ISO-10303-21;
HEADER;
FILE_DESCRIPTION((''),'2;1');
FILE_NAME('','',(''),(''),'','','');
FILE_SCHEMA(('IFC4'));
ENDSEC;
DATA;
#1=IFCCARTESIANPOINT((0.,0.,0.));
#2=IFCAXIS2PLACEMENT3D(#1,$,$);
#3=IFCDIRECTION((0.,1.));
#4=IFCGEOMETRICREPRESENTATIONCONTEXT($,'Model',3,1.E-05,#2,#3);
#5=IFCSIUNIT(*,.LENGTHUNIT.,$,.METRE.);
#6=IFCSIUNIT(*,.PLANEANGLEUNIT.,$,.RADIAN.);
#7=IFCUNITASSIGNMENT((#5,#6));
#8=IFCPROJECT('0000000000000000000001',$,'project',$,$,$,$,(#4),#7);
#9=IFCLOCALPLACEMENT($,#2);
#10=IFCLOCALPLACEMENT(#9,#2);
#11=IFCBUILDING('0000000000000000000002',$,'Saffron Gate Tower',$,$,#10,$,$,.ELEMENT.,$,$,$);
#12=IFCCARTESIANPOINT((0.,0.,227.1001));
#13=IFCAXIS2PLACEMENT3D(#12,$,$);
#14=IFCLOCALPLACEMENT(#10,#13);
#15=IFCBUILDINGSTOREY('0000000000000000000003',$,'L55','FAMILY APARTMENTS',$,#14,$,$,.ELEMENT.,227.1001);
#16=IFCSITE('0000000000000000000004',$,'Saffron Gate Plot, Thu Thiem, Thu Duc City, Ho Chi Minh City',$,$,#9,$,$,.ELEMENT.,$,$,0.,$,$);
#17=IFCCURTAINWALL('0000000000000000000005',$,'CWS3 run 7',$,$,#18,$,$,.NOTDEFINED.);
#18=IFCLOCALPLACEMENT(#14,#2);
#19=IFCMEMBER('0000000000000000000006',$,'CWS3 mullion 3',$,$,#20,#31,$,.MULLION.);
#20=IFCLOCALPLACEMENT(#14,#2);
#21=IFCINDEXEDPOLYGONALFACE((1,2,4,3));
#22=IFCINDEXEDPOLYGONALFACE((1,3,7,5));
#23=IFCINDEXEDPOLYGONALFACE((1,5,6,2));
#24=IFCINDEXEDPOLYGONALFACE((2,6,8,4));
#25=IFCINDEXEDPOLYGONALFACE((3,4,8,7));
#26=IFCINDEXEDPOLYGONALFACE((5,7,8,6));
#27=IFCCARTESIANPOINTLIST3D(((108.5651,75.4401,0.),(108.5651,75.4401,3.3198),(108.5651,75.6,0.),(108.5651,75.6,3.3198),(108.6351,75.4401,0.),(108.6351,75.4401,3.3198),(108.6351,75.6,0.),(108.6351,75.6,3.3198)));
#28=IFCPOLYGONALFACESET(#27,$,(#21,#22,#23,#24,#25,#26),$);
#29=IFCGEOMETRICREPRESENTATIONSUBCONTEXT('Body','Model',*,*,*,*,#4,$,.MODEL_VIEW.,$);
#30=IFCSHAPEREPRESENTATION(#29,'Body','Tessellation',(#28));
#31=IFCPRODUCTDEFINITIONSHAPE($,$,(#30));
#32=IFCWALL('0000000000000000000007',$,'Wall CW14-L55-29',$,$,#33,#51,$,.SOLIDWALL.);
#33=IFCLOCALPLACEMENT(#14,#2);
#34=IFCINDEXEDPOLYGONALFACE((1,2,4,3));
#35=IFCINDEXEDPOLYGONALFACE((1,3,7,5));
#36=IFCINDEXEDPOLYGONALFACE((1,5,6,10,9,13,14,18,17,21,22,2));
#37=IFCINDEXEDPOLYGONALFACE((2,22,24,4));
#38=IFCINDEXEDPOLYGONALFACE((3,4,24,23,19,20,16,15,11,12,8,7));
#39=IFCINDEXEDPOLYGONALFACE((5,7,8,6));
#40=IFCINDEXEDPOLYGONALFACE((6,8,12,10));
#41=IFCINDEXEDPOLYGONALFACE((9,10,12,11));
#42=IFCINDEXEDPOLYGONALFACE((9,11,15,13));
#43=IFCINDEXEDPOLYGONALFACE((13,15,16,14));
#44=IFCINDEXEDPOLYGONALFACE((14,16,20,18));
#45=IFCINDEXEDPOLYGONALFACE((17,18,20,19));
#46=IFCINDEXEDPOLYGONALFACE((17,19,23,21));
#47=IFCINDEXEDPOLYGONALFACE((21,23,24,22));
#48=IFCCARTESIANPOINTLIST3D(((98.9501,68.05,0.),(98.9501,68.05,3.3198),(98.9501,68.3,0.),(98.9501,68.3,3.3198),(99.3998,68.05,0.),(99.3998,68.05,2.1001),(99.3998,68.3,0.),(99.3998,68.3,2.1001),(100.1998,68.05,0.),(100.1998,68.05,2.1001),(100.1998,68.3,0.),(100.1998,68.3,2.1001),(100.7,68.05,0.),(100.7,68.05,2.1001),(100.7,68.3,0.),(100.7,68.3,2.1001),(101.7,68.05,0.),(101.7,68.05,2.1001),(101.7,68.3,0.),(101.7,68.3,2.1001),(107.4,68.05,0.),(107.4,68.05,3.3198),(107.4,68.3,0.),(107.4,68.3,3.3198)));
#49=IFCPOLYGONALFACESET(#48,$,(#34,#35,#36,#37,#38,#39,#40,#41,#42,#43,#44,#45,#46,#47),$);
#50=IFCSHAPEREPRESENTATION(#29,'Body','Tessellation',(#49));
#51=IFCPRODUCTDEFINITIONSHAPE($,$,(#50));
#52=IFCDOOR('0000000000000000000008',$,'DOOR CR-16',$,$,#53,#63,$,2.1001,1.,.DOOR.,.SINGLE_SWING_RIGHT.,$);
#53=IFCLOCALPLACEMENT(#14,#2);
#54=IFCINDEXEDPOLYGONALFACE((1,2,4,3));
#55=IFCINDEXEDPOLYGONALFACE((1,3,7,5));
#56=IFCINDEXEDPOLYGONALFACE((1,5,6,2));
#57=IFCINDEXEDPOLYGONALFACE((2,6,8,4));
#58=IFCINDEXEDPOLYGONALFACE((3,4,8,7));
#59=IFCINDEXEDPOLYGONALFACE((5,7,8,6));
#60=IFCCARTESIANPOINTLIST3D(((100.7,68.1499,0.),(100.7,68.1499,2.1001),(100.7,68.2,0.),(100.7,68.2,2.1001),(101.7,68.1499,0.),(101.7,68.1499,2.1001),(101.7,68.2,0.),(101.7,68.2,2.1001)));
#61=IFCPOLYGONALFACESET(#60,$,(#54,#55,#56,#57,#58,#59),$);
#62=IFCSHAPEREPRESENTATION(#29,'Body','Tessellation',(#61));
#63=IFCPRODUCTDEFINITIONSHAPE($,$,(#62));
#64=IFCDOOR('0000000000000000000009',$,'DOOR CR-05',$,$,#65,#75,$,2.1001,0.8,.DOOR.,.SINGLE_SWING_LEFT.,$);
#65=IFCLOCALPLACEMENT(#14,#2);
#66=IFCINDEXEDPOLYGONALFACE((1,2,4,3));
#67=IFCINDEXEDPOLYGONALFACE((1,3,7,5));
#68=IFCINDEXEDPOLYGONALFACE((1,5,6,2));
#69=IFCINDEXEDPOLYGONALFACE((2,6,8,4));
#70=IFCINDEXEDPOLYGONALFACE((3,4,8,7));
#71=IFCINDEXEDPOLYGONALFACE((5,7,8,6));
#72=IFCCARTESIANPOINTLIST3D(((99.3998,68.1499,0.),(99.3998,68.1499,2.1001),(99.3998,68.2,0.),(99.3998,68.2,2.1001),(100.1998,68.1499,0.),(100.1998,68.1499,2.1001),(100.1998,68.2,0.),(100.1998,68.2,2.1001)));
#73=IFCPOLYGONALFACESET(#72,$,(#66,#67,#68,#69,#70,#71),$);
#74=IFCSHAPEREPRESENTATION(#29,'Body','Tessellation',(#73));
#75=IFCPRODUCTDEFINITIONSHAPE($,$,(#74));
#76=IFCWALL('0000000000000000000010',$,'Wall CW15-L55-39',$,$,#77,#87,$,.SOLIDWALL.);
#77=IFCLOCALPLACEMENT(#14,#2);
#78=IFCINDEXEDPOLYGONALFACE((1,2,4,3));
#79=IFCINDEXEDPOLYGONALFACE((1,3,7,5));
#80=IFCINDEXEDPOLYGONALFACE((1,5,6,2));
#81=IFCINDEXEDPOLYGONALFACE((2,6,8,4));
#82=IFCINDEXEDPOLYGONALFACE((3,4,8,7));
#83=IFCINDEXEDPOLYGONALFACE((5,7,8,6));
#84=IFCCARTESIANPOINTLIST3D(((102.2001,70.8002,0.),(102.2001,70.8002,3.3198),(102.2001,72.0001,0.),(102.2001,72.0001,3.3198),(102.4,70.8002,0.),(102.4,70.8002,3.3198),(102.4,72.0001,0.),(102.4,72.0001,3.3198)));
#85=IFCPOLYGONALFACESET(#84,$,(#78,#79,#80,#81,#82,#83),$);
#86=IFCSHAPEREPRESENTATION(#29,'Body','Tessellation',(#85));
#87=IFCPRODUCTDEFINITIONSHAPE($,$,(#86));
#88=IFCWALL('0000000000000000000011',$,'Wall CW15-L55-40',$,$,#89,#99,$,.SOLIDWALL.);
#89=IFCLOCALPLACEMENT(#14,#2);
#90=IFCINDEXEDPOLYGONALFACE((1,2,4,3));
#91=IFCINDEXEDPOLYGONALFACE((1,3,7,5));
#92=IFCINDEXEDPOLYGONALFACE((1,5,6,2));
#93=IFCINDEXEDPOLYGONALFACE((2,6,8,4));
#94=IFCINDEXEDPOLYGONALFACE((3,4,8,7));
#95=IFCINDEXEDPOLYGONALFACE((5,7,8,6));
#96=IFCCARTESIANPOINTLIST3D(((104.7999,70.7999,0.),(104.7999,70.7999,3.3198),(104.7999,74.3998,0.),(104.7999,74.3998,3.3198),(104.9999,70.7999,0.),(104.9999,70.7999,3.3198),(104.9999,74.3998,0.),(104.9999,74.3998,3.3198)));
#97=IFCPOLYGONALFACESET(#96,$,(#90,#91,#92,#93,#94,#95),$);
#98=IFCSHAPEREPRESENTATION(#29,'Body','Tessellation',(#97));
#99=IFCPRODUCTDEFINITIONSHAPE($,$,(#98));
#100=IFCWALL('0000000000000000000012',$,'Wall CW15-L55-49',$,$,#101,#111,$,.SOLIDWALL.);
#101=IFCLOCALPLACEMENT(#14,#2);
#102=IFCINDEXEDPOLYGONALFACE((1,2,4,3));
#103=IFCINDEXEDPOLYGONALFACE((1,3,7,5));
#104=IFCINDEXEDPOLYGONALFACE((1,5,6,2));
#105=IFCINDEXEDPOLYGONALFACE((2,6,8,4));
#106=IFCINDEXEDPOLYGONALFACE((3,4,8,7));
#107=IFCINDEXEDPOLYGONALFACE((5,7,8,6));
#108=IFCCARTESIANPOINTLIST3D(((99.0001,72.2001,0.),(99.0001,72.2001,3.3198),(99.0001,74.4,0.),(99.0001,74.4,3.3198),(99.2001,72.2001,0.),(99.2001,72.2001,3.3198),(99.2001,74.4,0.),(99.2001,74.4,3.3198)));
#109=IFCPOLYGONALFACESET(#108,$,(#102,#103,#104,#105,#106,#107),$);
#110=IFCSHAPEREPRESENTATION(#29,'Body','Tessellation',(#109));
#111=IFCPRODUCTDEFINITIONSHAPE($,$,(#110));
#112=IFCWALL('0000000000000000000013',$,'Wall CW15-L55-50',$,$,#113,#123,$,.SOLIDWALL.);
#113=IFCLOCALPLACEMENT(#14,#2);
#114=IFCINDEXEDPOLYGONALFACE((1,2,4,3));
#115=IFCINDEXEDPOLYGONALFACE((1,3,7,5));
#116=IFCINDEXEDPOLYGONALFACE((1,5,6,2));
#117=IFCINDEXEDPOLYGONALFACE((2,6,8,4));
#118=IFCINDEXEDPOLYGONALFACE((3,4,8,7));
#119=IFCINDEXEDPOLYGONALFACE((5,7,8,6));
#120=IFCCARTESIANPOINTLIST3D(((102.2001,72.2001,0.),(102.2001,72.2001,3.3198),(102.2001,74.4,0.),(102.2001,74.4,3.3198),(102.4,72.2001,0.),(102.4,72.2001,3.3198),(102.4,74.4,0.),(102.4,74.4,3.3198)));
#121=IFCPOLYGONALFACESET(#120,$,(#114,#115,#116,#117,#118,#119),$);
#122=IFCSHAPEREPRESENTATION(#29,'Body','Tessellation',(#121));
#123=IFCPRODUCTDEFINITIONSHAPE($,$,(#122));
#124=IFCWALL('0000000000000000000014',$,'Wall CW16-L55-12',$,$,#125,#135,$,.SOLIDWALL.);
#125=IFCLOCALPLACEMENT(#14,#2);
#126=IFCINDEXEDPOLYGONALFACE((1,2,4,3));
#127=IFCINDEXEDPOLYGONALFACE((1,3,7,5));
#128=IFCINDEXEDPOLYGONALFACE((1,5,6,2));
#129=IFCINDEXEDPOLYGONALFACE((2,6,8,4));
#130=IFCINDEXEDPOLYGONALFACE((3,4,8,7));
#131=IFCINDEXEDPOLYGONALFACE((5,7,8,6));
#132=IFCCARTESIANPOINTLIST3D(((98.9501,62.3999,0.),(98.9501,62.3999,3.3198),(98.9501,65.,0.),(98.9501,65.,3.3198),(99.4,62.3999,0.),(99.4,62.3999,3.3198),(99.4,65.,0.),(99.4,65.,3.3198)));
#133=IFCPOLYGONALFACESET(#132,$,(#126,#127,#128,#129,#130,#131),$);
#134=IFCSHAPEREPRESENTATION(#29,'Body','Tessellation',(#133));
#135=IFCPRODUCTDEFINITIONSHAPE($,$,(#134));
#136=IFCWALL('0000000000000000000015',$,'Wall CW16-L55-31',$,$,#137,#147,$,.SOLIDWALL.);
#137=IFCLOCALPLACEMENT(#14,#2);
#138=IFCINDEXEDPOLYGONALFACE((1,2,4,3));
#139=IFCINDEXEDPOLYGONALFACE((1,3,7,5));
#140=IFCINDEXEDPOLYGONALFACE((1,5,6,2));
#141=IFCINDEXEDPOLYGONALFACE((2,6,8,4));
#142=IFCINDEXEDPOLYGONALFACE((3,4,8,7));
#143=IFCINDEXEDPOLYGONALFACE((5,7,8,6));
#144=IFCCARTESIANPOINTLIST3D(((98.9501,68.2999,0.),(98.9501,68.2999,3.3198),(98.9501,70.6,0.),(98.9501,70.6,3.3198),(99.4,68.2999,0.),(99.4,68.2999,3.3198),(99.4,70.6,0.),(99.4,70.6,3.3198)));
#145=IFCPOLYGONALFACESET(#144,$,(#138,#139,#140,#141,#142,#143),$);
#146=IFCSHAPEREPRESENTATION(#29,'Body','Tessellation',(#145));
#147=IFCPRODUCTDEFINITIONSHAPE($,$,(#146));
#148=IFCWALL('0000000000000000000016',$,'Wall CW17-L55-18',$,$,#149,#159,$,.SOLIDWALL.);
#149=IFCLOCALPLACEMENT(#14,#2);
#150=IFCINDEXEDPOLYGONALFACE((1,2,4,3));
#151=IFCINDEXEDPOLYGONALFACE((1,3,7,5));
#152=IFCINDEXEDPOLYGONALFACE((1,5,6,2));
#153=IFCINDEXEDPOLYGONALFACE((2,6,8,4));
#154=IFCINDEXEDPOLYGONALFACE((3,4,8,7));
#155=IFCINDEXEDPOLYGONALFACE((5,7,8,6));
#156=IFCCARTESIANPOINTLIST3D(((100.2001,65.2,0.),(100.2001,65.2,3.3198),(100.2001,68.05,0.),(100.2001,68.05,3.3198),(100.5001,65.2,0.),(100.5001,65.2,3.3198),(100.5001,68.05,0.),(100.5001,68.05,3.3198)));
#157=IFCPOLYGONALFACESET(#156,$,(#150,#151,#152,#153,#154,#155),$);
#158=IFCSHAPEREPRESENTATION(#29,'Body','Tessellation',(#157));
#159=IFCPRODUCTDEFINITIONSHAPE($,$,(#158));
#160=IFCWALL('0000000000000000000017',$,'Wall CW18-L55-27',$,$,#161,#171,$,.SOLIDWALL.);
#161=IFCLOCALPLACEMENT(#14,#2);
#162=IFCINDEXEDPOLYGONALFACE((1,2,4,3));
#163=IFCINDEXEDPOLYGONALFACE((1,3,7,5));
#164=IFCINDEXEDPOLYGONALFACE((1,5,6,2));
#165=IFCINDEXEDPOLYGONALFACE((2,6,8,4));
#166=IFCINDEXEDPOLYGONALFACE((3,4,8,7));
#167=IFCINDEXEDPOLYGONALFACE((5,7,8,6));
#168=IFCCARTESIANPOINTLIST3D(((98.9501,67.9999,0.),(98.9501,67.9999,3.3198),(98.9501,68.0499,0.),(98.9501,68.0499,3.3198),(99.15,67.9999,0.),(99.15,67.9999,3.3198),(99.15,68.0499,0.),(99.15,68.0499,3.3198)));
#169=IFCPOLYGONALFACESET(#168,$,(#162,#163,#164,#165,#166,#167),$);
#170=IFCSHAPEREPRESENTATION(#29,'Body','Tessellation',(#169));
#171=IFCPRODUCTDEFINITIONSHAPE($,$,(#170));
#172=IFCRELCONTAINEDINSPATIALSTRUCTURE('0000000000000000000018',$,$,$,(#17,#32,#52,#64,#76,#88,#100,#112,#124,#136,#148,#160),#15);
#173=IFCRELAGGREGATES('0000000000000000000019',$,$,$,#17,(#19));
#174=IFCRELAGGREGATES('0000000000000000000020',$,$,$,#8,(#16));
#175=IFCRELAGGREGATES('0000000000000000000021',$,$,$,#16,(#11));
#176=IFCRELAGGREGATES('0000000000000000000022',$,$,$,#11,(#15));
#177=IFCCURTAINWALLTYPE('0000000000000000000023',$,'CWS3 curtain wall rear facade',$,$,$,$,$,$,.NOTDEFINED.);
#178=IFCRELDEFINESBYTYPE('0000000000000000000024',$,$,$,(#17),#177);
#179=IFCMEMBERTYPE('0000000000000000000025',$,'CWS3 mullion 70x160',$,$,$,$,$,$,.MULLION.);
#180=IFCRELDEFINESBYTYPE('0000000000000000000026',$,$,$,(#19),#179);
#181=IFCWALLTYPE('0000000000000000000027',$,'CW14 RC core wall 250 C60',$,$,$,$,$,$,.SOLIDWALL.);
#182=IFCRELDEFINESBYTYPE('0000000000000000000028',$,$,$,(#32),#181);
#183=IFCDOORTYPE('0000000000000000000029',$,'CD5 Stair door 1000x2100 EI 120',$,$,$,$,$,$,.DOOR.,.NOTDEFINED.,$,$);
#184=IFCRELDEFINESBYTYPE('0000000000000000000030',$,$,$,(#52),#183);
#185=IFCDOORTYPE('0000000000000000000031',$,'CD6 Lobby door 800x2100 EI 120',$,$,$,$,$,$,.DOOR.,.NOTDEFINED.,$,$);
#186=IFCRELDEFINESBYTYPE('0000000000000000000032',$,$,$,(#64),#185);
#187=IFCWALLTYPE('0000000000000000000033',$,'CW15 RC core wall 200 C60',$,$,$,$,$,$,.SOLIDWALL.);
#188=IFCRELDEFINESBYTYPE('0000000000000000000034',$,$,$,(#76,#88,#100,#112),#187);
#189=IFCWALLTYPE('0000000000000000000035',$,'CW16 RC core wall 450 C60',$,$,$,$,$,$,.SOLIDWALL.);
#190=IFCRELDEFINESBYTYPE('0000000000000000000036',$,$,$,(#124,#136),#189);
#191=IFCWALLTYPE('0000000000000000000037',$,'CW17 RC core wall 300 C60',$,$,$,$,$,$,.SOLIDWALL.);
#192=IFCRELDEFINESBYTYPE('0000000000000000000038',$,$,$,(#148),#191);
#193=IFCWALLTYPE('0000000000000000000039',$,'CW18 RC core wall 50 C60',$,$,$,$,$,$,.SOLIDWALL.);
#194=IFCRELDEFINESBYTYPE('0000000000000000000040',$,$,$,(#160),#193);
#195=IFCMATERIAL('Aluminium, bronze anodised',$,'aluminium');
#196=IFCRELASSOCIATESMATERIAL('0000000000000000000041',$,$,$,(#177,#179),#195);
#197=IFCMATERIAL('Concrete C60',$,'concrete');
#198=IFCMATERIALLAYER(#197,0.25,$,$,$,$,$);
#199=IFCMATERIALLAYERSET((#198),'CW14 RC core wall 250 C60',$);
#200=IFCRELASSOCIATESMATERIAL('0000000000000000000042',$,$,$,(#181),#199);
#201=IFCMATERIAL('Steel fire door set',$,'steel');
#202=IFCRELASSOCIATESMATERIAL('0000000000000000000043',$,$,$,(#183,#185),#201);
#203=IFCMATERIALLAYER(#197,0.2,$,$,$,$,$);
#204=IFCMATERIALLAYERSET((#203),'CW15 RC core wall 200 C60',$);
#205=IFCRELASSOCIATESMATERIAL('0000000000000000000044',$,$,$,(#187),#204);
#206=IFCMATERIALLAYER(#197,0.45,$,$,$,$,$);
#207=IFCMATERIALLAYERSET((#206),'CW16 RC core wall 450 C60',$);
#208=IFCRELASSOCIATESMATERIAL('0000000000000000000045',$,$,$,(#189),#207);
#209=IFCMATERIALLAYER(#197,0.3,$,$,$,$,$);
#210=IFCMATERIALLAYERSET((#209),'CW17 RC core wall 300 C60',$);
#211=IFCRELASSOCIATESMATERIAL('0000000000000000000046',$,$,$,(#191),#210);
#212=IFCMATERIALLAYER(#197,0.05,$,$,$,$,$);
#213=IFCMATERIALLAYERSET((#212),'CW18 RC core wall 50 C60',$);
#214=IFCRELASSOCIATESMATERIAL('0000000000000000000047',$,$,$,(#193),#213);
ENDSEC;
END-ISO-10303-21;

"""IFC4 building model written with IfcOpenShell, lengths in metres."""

from ifc_helpers import new_model, si_unit, direction, frame, frame_2d, origin, origin_2d, place, context, subcontext, project, spatial, rectangle, extrude, material, layer, layer_set, material_profile, profile_set, type_object, element, fill, aggregate, save


model = new_model("IFC4")

# Units and contexts
model_context = context("Model", 3, precision=1e-05, world=origin(), true_north=direction((0.0, 1.0)))
body_context = subcontext(model_context, "Body", "Model", "MODEL_VIEW")
ifc_project = project(units=[si_unit("LENGTHUNIT", "METRE"), si_unit("PLANEANGLEUNIT", "RADIAN")], contexts=[model_context])

# Site, building, storey
site_placement = place(None, origin())
site = spatial("IfcSite", under=ifc_project, at=site_placement, Name="Saffron Gate Plot, Thu Thiem, Thu Duc City, Ho Chi Minh City", CompositionType="ELEMENT", RefElevation=0.0)
building_placement = place(site_placement, origin())
building = spatial("IfcBuilding", under=site, at=building_placement, Name="Saffron Gate Tower", CompositionType="ELEMENT")
storey_placement = place(building_placement, frame((0.0, 0.0, 227.1001)))
storey = spatial("IfcBuildingStorey", under=building, at=storey_placement, Name="L55", Description="FAMILY APARTMENTS", CompositionType="ELEMENT", Elevation=227.1001)

# Curtain wall, member
ifc_material_1 = material(Name="Aluminium, bronze anodised", Category="aluminium")
curtain_wall_type = type_object("IfcCurtainWallType", Name="CWS3 curtain wall rear facade", PredefinedType="NOTDEFINED", material=ifc_material_1)
curtain_wall_placement = place(storey_placement, origin())
curtain_wall = element("IfcCurtainWall", 1, at=curtain_wall_placement, inside=storey, type_object=curtain_wall_type, Name="CWS3 run 7", PredefinedType="NOTDEFINED")
ifc_material_profile = material_profile(ifc_material_1, rectangle(XDim=0.1599, YDim=0.0701, at=origin_2d()))
ifc_profile_set = profile_set([ifc_material_profile], Name="Aluminium, bronze anodised")
member_type = type_object("IfcMemberType", Name="CWS3 mullion 70x160", PredefinedType="MULLION", material=ifc_profile_set)
member_placement = place(storey_placement, frame((108.6001, 75.52, 0.0), z_axis=(0.0, 0.0, 1.0), x_axis=(0.0, -1.0, 0.0)))
member = element("IfcMember", 2, at=member_placement, type_object=member_type, Name="CWS3 mullion 3", PredefinedType="MULLION", context=body_context, shape_type="SweptSolid", body=[
    extrude(rectangle(XDim=0.1599, YDim=0.0701, at=origin_2d()), origin(), (0.0, 0.0, 1.0), 3.3198),
])
aggregate(curtain_wall, [member])

# Wall, openings, doors
ifc_material_2 = material(Name="Concrete C60", Category="concrete")
ifc_layer_1 = layer(ifc_material_2, 0.25)
ifc_layer_set_1 = layer_set([ifc_layer_1], Name="CW14 RC core wall 250 C60")
wall_type_1 = type_object("IfcWallType", Name="CW14 RC core wall 250 C60", PredefinedType="SOLIDWALL", material=ifc_layer_set_1)
wall_1_placement = place(storey_placement, frame((98.95, 68.175, 0.0), z_axis=(0.0, 0.0, 1.0), x_axis=(1.0, 0.0, 0.0)))
wall_1 = element("IfcWall", 3, at=wall_1_placement, inside=storey, type_object=wall_type_1, Name="Wall CW14-L55-29", PredefinedType="SOLIDWALL", context=body_context, shape_type="SweptSolid", body=[
    extrude(rectangle(XDim=8.45, YDim=0.25, at=frame_2d((4.2251, 0.0))), origin(), (0.0, 0.0, 1.0), 3.3198),
])
opening_1_placement = place(wall_1_placement, frame((0.45, 0.0, 0.0)))
opening_1 = element("IfcOpeningElement", 4, at=opening_1_placement, cuts=wall_1, PredefinedType="OPENING", context=body_context, shape_type="SweptSolid", body=[
    extrude(rectangle(XDim=0.8, YDim=2.1001, at=frame_2d((0.3999, 1.05))), frame((0.0, 0.135, 0.0), z_axis=(0.0, -1.0, 0.0), x_axis=(1.0, 0.0, 0.0)), (0.0, 0.0, 1.0), 0.27),
])
opening_2_placement = place(wall_1_placement, frame((1.75, 0.0, 0.0)))
opening_2 = element("IfcOpeningElement", 5, at=opening_2_placement, cuts=wall_1, PredefinedType="OPENING", context=body_context, shape_type="SweptSolid", body=[
    extrude(rectangle(XDim=1.0, YDim=2.1001, at=frame_2d((0.5, 1.05))), frame((0.0, 0.135, 0.0), z_axis=(0.0, -1.0, 0.0), x_axis=(1.0, 0.0, 0.0)), (0.0, 0.0, 1.0), 0.27),
])
ifc_material_3 = material(Name="Steel fire door set", Category="steel")
door_type_1 = type_object("IfcDoorType", Name="CD5 Stair door 1000x2100 EI 120", OperationType="NOTDEFINED", PredefinedType="DOOR", material=ifc_material_3)
door_1_placement = place(opening_2_placement, origin())
door_1 = element("IfcDoor", 6, at=door_1_placement, inside=storey, type_object=door_type_1, Name="DOOR CR-16", OperationType="SINGLE_SWING_RIGHT", OverallHeight=2.1001, OverallWidth=1.0, PredefinedType="DOOR", context=body_context, shape_type="SweptSolid", body=[
    extrude(rectangle(XDim=1.0, YDim=2.1001, at=frame_2d((0.5, 1.05))), frame((0.0, 0.0249, 0.0), z_axis=(0.0, -1.0, 0.0), x_axis=(1.0, 0.0, 0.0)), (0.0, 0.0, 1.0), 0.05),
])
fill(opening_2, door_1)
door_type_2 = type_object("IfcDoorType", Name="CD6 Lobby door 800x2100 EI 120", OperationType="NOTDEFINED", PredefinedType="DOOR", material=ifc_material_3)
door_2_placement = place(opening_1_placement, origin())
door_2 = element("IfcDoor", 7, at=door_2_placement, inside=storey, type_object=door_type_2, Name="DOOR CR-05", OperationType="SINGLE_SWING_LEFT", OverallHeight=2.1001, OverallWidth=0.8, PredefinedType="DOOR", context=body_context, shape_type="SweptSolid", body=[
    extrude(rectangle(XDim=0.8, YDim=2.1001, at=frame_2d((0.3999, 1.05))), frame((0.0, 0.0249, 0.0), z_axis=(0.0, -1.0, 0.0), x_axis=(1.0, 0.0, 0.0)), (0.0, 0.0, 1.0), 0.05),
])
fill(opening_1, door_2)

# Walls
ifc_layer_2 = layer(ifc_material_2, 0.2)
ifc_layer_set_2 = layer_set([ifc_layer_2], Name="CW15 RC core wall 200 C60")
wall_type_2 = type_object("IfcWallType", Name="CW15 RC core wall 200 C60", PredefinedType="SOLIDWALL", material=ifc_layer_set_2)
wall_2_placement = place(storey_placement, frame((102.3, 70.8, 0.0), z_axis=(0.0, 0.0, 1.0), x_axis=(0.0, 1.0, 0.0)))
element("IfcWall", 8, at=wall_2_placement, inside=storey, type_object=wall_type_2, Name="Wall CW15-L55-39", PredefinedType="SOLIDWALL", context=body_context, shape_type="SweptSolid", body=[
    extrude(rectangle(XDim=1.2, YDim=0.2, at=frame_2d((0.6001, 0.0))), origin(), (0.0, 0.0, 1.0), 3.3198),
])
wall_3_placement = place(storey_placement, frame((104.8999, 70.8, 0.0), z_axis=(0.0, 0.0, 1.0), x_axis=(0.0, 1.0, 0.0)))
element("IfcWall", 9, at=wall_3_placement, inside=storey, type_object=wall_type_2, Name="Wall CW15-L55-40", PredefinedType="SOLIDWALL", context=body_context, shape_type="SweptSolid", body=[
    extrude(rectangle(XDim=3.5999, YDim=0.2, at=frame_2d((1.7998, 0.0))), origin(), (0.0, 0.0, 1.0), 3.3198),
])
for number, where, z_axis, x_axis, name in (
    (10, (99.1001, 72.2, 0.0), (0.0, 0.0, 1.0), (0.0, 1.0, 0.0), "Wall CW15-L55-49"),
    (11, (102.3, 72.2, 0.0), (0.0, 0.0, 1.0), (0.0, 1.0, 0.0), "Wall CW15-L55-50"),
):
    element("IfcWall", number, at=place(storey_placement, frame(where, z_axis=z_axis, x_axis=x_axis)), inside=storey, type_object=wall_type_2, Name=name, PredefinedType="SOLIDWALL", context=body_context, shape_type="SweptSolid", body=[
        extrude(rectangle(XDim=2.2, YDim=0.2, at=frame_2d((1.1001, 0.0))), origin(), (0.0, 0.0, 1.0), 3.3198),
    ])
ifc_layer_3 = layer(ifc_material_2, 0.45)
ifc_layer_set_3 = layer_set([ifc_layer_3], Name="CW16 RC core wall 450 C60")
wall_type_3 = type_object("IfcWallType", Name="CW16 RC core wall 450 C60", PredefinedType="SOLIDWALL", material=ifc_layer_set_3)
wall_4_placement = place(storey_placement, frame((99.175, 62.3999, 0.0), z_axis=(0.0, 0.0, 1.0), x_axis=(0.0, 1.0, 0.0)))
element("IfcWall", 12, at=wall_4_placement, inside=storey, type_object=wall_type_3, Name="Wall CW16-L55-12", PredefinedType="SOLIDWALL", context=body_context, shape_type="SweptSolid", body=[
    extrude(rectangle(XDim=2.6001, YDim=0.45, at=frame_2d((1.3, 0.0))), origin(), (0.0, 0.0, 1.0), 3.3198),
])
wall_5_placement = place(storey_placement, frame((99.175, 68.3, 0.0), z_axis=(0.0, 0.0, 1.0), x_axis=(0.0, 1.0, 0.0)))
element("IfcWall", 13, at=wall_5_placement, inside=storey, type_object=wall_type_3, Name="Wall CW16-L55-31", PredefinedType="SOLIDWALL", context=body_context, shape_type="SweptSolid", body=[
    extrude(rectangle(XDim=2.3, YDim=0.45, at=frame_2d((1.1499, 0.0))), origin(), (0.0, 0.0, 1.0), 3.3198),
])
ifc_layer_4 = layer(ifc_material_2, 0.3)
ifc_layer_set_4 = layer_set([ifc_layer_4], Name="CW17 RC core wall 300 C60")
wall_type_4 = type_object("IfcWallType", Name="CW17 RC core wall 300 C60", PredefinedType="SOLIDWALL", material=ifc_layer_set_4)
wall_6_placement = place(storey_placement, frame((100.3501, 65.2, 0.0), z_axis=(0.0, 0.0, 1.0), x_axis=(0.0, 1.0, 0.0)))
element("IfcWall", 14, at=wall_6_placement, inside=storey, type_object=wall_type_4, Name="Wall CW17-L55-18", PredefinedType="SOLIDWALL", context=body_context, shape_type="SweptSolid", body=[
    extrude(rectangle(XDim=2.8501, YDim=0.3, at=frame_2d((1.425, 0.0))), origin(), (0.0, 0.0, 1.0), 3.3198),
])
ifc_layer_5 = layer(ifc_material_2, 0.05)
ifc_layer_set_5 = layer_set([ifc_layer_5], Name="CW18 RC core wall 50 C60")
wall_type_5 = type_object("IfcWallType", Name="CW18 RC core wall 50 C60", PredefinedType="SOLIDWALL", material=ifc_layer_set_5)
wall_7_placement = place(storey_placement, frame((98.95, 68.0249, 0.0), z_axis=(0.0, 0.0, 1.0), x_axis=(1.0, 0.0, 0.0)))
element("IfcWall", 15, at=wall_7_placement, inside=storey, type_object=wall_type_5, Name="Wall CW18-L55-27", PredefinedType="SOLIDWALL", context=body_context, shape_type="SweptSolid", body=[
    extrude(rectangle(XDim=0.2, YDim=0.05, at=frame_2d((0.1001, 0.0))), origin(), (0.0, 0.0, 1.0), 3.3198),
])

save(model, "model.ifc")
